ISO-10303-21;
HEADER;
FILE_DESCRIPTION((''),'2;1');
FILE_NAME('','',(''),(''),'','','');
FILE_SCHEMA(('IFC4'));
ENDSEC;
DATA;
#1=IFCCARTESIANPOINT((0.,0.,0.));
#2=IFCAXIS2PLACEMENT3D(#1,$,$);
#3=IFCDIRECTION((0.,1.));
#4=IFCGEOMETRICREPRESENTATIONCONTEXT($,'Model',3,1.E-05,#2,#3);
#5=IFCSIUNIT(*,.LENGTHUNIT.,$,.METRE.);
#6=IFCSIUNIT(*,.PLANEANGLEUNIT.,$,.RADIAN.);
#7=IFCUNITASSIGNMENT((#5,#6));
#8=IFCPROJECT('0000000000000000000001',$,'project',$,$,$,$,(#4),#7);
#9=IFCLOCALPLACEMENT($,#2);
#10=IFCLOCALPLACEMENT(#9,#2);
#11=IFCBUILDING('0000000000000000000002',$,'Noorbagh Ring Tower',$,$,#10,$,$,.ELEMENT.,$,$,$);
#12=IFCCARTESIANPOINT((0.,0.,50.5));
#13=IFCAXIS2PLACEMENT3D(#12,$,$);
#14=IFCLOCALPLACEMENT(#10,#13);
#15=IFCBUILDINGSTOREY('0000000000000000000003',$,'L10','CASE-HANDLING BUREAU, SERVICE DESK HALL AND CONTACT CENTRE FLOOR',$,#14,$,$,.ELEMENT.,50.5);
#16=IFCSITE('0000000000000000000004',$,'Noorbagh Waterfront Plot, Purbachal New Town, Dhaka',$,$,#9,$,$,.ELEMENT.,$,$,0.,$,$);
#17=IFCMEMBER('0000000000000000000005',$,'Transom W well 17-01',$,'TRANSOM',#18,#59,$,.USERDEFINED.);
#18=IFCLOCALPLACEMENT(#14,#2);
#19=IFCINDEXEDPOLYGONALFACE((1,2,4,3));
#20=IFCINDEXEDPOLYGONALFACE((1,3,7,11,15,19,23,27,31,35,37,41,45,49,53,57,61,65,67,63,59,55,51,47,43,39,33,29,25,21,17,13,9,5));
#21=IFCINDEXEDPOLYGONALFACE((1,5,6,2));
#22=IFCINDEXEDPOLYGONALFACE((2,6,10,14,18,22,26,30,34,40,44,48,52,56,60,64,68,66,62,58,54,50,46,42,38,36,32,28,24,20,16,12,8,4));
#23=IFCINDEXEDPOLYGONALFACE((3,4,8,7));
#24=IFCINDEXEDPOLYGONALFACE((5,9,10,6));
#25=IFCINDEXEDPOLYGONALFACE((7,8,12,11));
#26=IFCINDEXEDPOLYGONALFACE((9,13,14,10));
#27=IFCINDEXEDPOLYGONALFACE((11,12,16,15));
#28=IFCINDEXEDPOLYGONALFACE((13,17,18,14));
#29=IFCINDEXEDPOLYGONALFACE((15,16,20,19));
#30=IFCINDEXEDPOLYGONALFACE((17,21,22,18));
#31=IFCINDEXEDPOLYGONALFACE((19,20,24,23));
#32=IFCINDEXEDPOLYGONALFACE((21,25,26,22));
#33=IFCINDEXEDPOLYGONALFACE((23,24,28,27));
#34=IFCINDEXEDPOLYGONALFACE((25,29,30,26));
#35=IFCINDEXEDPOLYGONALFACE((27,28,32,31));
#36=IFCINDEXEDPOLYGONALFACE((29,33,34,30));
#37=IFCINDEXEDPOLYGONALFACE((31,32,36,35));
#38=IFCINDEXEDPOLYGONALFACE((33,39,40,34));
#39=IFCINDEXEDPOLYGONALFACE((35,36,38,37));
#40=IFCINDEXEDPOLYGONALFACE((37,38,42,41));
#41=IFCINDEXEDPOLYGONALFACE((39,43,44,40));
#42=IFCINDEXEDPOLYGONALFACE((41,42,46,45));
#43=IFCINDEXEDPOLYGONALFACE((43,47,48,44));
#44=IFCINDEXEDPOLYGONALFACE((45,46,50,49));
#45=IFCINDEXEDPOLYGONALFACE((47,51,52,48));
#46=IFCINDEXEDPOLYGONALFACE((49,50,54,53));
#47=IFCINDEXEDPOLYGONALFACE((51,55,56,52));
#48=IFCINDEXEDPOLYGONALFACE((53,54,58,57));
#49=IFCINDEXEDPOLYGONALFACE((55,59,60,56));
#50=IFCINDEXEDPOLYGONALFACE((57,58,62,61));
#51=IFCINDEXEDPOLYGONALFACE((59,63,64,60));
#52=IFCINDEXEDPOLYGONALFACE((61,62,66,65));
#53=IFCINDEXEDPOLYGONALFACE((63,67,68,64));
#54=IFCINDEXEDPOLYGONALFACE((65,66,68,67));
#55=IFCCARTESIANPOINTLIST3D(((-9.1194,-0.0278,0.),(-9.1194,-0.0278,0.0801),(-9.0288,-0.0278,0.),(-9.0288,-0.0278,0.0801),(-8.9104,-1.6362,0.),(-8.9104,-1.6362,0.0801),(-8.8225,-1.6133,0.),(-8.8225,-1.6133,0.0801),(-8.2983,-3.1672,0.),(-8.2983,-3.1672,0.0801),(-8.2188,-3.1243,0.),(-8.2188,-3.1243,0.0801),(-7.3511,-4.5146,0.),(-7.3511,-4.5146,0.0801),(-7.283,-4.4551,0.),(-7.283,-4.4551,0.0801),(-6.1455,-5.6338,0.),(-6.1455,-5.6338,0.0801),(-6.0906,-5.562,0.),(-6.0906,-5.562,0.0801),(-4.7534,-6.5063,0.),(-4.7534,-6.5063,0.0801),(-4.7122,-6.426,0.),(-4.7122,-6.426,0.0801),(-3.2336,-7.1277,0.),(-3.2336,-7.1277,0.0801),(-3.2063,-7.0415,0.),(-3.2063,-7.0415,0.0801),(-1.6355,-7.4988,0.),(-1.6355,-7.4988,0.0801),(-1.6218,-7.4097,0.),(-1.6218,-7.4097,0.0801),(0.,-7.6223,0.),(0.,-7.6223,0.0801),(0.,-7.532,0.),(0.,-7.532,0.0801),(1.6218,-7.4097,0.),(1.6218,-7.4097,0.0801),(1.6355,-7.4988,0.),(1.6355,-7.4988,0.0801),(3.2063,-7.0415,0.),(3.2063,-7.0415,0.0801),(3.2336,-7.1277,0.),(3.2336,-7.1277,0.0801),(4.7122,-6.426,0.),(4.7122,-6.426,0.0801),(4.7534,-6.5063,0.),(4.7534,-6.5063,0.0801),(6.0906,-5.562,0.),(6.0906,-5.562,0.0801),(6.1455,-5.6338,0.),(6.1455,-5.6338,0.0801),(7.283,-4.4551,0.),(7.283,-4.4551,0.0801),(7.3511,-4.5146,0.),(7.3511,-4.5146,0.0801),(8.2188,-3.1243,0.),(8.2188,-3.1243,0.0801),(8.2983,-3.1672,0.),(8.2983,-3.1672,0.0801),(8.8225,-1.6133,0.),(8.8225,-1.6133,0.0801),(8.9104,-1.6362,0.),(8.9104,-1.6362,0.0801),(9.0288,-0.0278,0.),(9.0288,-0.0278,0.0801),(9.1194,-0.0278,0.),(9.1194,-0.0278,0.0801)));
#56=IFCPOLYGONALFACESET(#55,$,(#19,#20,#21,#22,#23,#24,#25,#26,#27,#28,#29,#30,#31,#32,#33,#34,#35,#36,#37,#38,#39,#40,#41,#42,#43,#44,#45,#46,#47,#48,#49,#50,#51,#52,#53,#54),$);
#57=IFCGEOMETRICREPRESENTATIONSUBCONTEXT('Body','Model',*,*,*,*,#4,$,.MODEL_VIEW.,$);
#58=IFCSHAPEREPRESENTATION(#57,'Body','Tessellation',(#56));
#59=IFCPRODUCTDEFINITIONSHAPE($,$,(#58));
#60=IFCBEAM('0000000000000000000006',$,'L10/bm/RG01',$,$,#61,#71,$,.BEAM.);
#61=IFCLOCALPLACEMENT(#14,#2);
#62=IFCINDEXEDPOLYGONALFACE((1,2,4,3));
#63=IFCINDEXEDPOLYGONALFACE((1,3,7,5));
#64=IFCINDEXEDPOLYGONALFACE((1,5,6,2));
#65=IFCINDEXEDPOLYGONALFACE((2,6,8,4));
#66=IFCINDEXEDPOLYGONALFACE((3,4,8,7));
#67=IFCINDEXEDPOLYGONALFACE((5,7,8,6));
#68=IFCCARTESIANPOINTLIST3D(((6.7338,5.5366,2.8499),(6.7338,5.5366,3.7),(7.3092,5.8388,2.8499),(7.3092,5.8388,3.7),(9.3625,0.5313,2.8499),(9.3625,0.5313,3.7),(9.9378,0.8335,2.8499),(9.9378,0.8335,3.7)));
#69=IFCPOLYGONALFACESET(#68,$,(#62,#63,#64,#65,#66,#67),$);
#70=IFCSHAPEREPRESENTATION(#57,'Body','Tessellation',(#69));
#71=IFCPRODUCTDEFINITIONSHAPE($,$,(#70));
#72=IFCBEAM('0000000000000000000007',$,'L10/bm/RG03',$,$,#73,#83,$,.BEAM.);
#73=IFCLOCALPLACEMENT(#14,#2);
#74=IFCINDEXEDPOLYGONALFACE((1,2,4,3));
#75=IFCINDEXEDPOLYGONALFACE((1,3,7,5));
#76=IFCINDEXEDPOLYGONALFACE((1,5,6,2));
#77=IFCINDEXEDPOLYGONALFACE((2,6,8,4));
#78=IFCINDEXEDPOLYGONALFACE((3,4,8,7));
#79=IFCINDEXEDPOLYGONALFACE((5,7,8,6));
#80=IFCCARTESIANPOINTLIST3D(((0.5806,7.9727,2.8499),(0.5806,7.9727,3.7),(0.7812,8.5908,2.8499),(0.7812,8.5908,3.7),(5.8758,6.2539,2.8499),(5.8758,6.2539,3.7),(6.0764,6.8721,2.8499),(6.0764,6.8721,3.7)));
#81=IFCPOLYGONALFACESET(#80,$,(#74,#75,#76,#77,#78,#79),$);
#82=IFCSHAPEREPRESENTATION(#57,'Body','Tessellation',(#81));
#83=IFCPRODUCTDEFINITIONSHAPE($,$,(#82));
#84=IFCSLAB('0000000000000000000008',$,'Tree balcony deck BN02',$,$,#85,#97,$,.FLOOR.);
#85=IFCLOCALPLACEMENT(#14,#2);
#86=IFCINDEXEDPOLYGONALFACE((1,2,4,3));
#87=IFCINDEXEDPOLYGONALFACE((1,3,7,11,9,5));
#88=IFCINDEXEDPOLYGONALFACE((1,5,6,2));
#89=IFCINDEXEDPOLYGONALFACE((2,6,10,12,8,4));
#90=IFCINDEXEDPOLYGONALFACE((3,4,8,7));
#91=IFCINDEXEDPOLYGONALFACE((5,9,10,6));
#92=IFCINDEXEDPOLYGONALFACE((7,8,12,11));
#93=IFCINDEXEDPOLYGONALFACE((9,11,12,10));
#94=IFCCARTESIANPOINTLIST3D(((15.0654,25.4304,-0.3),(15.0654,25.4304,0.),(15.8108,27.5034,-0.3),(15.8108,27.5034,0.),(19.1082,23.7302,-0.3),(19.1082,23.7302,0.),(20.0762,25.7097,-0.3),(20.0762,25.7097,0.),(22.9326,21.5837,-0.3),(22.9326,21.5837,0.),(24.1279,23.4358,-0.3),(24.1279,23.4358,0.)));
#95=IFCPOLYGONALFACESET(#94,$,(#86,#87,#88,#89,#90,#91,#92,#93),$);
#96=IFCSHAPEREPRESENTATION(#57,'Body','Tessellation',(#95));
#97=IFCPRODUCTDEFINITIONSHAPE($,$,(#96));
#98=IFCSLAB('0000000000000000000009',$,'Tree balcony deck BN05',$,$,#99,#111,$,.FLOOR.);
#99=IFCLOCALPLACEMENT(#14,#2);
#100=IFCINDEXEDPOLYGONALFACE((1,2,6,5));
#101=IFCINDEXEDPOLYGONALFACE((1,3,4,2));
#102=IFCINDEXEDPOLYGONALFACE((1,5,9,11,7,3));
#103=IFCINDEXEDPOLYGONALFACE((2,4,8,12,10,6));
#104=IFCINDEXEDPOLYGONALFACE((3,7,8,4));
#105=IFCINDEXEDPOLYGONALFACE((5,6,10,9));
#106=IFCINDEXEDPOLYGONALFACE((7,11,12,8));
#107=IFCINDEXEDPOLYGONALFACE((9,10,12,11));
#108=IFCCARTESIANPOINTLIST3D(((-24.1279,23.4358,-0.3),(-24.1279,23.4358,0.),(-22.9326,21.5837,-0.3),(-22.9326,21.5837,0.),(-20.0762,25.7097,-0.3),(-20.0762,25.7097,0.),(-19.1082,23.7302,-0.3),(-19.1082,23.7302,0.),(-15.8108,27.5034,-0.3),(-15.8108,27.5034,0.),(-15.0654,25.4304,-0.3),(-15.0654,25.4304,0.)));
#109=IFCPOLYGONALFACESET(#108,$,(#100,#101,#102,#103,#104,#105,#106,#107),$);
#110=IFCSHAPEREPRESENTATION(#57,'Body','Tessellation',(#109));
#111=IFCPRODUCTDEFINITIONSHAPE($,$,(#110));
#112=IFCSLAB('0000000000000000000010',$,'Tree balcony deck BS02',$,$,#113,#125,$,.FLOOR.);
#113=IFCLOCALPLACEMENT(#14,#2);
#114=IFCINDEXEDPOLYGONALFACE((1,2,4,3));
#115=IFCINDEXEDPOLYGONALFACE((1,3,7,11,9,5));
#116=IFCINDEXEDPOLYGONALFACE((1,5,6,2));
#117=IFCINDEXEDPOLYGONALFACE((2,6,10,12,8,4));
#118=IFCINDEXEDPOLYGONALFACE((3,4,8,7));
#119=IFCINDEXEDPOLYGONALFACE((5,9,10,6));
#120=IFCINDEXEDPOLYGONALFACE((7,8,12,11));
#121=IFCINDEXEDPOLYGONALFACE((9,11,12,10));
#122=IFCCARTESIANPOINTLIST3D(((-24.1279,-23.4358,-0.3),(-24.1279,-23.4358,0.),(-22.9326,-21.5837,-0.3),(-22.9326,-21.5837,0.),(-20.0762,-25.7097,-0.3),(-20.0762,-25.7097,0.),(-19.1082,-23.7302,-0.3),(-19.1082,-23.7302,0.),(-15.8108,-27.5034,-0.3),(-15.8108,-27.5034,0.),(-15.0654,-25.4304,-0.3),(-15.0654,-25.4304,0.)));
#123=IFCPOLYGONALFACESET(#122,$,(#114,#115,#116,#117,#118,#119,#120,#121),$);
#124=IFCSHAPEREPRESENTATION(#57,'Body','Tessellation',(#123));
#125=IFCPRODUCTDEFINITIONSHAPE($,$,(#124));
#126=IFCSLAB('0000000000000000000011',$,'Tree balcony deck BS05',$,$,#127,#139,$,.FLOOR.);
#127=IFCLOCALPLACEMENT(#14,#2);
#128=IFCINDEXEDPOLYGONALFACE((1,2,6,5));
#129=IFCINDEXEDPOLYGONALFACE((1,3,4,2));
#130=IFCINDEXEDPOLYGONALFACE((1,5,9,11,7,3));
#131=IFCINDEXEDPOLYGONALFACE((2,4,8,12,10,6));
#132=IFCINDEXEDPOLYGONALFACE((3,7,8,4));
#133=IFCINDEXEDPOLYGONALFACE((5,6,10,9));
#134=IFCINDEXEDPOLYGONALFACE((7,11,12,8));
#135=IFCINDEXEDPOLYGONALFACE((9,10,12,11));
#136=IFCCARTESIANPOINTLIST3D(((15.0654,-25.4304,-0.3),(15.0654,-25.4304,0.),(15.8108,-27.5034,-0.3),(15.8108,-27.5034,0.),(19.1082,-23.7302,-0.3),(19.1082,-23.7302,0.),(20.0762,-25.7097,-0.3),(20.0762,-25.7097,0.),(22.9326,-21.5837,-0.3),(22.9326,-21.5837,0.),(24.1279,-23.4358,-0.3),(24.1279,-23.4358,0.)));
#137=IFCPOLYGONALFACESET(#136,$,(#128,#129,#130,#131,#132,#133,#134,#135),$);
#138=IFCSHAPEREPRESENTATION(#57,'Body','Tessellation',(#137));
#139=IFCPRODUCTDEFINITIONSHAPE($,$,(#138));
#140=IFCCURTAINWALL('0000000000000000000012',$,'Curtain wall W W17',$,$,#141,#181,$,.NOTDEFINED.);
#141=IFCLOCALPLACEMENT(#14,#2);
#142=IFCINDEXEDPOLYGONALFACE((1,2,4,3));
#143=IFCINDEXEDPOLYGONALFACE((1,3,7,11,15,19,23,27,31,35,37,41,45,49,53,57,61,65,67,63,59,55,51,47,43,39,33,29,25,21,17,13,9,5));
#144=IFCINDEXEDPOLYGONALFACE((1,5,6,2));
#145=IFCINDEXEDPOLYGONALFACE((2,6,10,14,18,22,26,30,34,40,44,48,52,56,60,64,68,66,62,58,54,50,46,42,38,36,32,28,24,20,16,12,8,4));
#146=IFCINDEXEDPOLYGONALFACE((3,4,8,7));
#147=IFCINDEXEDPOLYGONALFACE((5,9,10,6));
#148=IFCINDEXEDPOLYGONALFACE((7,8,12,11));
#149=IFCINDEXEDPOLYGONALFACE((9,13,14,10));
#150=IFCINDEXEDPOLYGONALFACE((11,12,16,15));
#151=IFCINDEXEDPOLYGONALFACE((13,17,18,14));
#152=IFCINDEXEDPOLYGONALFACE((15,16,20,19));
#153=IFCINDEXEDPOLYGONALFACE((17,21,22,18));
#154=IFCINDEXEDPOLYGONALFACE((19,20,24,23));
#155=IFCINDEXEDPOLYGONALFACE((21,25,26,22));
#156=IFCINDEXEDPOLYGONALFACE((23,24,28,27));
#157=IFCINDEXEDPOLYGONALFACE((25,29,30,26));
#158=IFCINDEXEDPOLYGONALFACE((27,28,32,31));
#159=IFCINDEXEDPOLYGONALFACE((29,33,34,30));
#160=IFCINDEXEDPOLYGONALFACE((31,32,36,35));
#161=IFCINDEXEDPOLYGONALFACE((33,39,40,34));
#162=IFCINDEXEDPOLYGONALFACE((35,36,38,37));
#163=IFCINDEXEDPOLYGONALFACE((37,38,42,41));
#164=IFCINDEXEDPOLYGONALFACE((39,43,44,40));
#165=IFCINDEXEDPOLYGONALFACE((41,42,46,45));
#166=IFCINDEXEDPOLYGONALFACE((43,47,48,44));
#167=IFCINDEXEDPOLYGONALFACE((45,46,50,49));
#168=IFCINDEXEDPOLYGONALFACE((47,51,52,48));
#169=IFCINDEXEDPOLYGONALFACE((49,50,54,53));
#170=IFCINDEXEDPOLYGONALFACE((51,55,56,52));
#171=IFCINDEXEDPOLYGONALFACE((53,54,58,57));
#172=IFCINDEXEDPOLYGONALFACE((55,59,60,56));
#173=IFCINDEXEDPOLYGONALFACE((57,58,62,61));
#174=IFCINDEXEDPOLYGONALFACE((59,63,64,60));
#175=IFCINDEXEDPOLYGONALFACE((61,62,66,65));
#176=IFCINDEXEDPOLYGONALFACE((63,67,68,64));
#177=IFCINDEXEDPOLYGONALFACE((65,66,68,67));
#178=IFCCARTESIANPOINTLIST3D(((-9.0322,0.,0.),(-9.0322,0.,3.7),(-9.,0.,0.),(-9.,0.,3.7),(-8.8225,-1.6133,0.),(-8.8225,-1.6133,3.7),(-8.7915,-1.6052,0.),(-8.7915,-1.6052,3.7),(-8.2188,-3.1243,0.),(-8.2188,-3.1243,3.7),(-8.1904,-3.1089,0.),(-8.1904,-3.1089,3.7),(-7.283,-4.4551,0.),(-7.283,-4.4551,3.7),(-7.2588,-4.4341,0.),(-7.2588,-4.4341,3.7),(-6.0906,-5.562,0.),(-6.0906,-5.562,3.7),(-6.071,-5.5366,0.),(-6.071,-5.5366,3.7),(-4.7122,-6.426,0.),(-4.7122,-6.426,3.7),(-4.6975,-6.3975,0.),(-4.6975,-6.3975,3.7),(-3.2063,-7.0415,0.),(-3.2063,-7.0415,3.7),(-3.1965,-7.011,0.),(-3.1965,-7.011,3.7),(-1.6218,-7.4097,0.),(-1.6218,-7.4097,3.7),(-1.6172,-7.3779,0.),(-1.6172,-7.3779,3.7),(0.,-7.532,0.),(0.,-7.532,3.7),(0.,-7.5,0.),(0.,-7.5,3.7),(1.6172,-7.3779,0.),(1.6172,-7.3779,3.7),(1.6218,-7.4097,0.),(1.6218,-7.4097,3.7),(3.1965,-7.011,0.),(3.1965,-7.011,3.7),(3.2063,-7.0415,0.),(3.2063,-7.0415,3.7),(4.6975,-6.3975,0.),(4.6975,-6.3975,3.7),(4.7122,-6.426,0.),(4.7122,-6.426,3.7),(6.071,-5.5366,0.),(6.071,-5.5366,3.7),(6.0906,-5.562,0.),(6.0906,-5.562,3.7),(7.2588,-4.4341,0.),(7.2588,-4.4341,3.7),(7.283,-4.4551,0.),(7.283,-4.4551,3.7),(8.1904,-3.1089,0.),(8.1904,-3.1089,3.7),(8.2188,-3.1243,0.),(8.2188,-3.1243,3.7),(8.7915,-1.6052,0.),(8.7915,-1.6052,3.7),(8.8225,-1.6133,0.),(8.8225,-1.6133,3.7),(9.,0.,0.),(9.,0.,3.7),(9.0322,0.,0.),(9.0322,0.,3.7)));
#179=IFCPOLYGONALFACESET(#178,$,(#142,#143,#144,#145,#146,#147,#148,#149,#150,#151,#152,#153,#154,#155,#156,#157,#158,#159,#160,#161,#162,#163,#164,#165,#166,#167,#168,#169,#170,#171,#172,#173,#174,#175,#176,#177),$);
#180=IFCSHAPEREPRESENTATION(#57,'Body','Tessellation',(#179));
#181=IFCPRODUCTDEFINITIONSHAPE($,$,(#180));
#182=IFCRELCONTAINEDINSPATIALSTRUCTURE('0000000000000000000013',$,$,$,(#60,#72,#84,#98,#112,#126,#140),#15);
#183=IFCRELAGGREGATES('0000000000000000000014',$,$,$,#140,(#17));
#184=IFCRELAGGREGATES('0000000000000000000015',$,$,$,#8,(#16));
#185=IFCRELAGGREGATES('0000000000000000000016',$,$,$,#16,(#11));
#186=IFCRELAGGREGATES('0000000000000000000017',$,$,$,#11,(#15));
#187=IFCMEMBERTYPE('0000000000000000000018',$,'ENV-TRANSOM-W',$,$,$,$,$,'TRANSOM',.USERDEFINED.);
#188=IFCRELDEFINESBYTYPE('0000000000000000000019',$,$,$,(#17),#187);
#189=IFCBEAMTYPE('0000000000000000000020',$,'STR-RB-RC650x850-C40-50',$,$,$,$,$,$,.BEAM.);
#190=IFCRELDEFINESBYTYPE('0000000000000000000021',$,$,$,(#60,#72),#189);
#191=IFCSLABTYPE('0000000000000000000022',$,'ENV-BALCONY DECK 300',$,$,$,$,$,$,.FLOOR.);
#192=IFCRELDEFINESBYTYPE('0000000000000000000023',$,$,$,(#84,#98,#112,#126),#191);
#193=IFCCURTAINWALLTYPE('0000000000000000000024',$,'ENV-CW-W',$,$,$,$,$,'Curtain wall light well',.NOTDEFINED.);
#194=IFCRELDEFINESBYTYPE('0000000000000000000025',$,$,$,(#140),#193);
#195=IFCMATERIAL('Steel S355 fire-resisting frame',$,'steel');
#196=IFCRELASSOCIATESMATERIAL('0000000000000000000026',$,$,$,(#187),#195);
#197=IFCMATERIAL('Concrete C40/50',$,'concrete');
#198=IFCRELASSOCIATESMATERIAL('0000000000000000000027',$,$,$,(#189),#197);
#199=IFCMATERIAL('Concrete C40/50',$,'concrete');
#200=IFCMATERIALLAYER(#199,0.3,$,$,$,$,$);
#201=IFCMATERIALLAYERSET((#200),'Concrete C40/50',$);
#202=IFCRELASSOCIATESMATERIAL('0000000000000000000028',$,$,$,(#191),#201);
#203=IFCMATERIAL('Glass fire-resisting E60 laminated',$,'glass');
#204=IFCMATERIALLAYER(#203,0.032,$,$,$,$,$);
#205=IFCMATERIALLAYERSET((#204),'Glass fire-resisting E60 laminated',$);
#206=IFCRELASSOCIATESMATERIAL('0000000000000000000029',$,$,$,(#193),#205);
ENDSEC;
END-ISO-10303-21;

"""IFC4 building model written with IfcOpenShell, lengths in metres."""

from ifc_helpers import new_model, si_unit, direction, frame, origin, origin_2d, place, context, subcontext, project, spatial, polyline, rectangle, outline, extrude, material, layer, layer_set, material_profile, profile_set, type_object, element, aggregate, save


model = new_model("IFC4")

# Units and contexts
model_context = context("Model", 3, precision=1e-05, world=origin(), true_north=direction((0.0, 1.0)))
body_context = subcontext(model_context, "Body", "Model", "MODEL_VIEW")
ifc_project = project(units=[si_unit("LENGTHUNIT", "METRE"), si_unit("PLANEANGLEUNIT", "RADIAN")], contexts=[model_context])

# Site, building, storey
site_placement = place(None, origin())
site = spatial("IfcSite", under=ifc_project, at=site_placement, Name="Noorbagh Waterfront Plot, Purbachal New Town, Dhaka", CompositionType="ELEMENT", RefElevation=0.0)
building_placement = place(site_placement, origin())
building = spatial("IfcBuilding", under=site, at=building_placement, Name="Noorbagh Ring Tower", CompositionType="ELEMENT")
storey_placement = place(building_placement, frame((0.0, 0.0, 50.5)))
storey = spatial("IfcBuildingStorey", under=building, at=storey_placement, Name="L10", Description="CASE-HANDLING BUREAU, SERVICE DESK HALL AND CONTACT CENTRE FLOOR", CompositionType="ELEMENT", Elevation=50.5)

# Member
ifc_material_1 = material(Name="Steel S355 fire-resisting frame", Category="steel")
member_type_1 = type_object("IfcMemberType", Name="ENV-TRANSOM-W", ElementType="TRANSOM", PredefinedType="USERDEFINED", material=ifc_material_1)
member_1_placement = place(storey_placement, origin())
member_1 = element("IfcMember", 1, at=member_1_placement, type_object=member_type_1, Name="Transom W well 17-01", ObjectType="TRANSOM", PredefinedType="USERDEFINED", context=body_context, shape_type="SweptSolid", body=[
    extrude(outline(polyline([(-9.1194, -0.0278), (-8.9104, -1.6362), (-8.2983, -3.1672), (-7.3511, -4.5146), (-6.1455, -5.6338), (-4.7534, -6.5063), (-3.2336, -7.1277), (-1.6355, -7.4988), (0.0, -7.6223), (1.6355, -7.4988), (3.2336, -7.1277), (4.7534, -6.5063), (6.1455, -5.6338), (7.3511, -4.5146), (8.2983, -3.1672), (8.9104, -1.6362), (9.1194, -0.0278), (9.0288, -0.0278), (8.8225, -1.6133), (8.2188, -3.1243), (7.283, -4.4551), (6.0906, -5.562), (4.7122, -6.426), (3.2063, -7.0415), (1.6218, -7.4097), (0.0, -7.532), (-1.6218, -7.4097), (-3.2063, -7.0415), (-4.7122, -6.426), (-6.0906, -5.562), (-7.283, -4.4551), (-8.2188, -3.1243), (-8.8225, -1.6133), (-9.0288, -0.0278), (-9.1194, -0.0278)])), origin(), (0.0, 0.0, 1.0), 0.0801),
])

# Beams
ifc_material_2 = material(Name="Concrete C40/50", Category="concrete")
ifc_material_profile_1 = material_profile(ifc_material_2, rectangle(XDim=0.6499, YDim=0.8501, at=origin_2d()), Name="RC650x850")
ifc_profile_set_1 = profile_set([ifc_material_profile_1], Name="Concrete C40/50")
beam_type = type_object("IfcBeamType", Name="STR-RB-RC650x850-C40-50", PredefinedType="BEAM", material=ifc_profile_set_1)
beam_1_placement = place(storey_placement, frame((9.6501, 0.6824, 3.2749), z_axis=(-0.464951, 0.885337, 0.0), x_axis=(-0.885337, -0.464951, 0.0)))
element("IfcBeam", 2, at=beam_1_placement, inside=storey, type_object=beam_type, Name="L10/bm/RG01", PredefinedType="BEAM", context=body_context, shape_type="SweptSolid", body=[
    extrude(rectangle(XDim=0.6499, YDim=0.8501, at=origin_2d()), origin(), (0.0, 0.0, 1.0), 5.6536),
])
beam_2_placement = place(storey_placement, frame((5.9761, 6.563, 3.2749), z_axis=(-0.951149, 0.308732, 0.0), x_axis=(-0.308732, -0.951149, 0.0)))
element("IfcBeam", 3, at=beam_2_placement, inside=storey, type_object=beam_type, Name="L10/bm/RG03", PredefinedType="BEAM", context=body_context, shape_type="SweptSolid", body=[
    extrude(rectangle(XDim=0.6499, YDim=0.8501, at=origin_2d()), origin(), (0.0, 0.0, 1.0), 5.5671),
])

# Slabs
ifc_material_3 = material(Name="Concrete C40/50", Category="concrete")
ifc_layer_1 = layer(ifc_material_3, 0.3)
ifc_layer_set_1 = layer_set([ifc_layer_1], Name="Concrete C40/50")
slab_type = type_object("IfcSlabType", Name="ENV-BALCONY DECK 300", PredefinedType="FLOOR", material=ifc_layer_set_1)
slab_1_placement = place(storey_placement, frame((0.0, 0.0, -0.3)))
element("IfcSlab", 4, at=slab_1_placement, inside=storey, type_object=slab_type, Name="Tree balcony deck BN02", PredefinedType="FLOOR", context=body_context, shape_type="SweptSolid", body=[
    extrude(outline(polyline([(24.1279, 23.4358), (20.0762, 25.7097), (15.8108, 27.5034), (15.0654, 25.4304), (19.1082, 23.7302), (22.9326, 21.5837), (24.1279, 23.4358)])), origin(), (0.0, 0.0, 1.0), 0.3),
])
slab_2_placement = place(storey_placement, frame((0.0, 0.0, -0.3)))
element("IfcSlab", 5, at=slab_2_placement, inside=storey, type_object=slab_type, Name="Tree balcony deck BN05", PredefinedType="FLOOR", context=body_context, shape_type="SweptSolid", body=[
    extrude(outline(polyline([(-15.8108, 27.5034), (-20.0762, 25.7097), (-24.1279, 23.4358), (-22.9326, 21.5837), (-19.1082, 23.7302), (-15.0654, 25.4304), (-15.8108, 27.5034)])), origin(), (0.0, 0.0, 1.0), 0.3),
])
slab_3_placement = place(storey_placement, frame((0.0, 0.0, -0.3)))
element("IfcSlab", 6, at=slab_3_placement, inside=storey, type_object=slab_type, Name="Tree balcony deck BS02", PredefinedType="FLOOR", context=body_context, shape_type="SweptSolid", body=[
    extrude(outline(polyline([(-24.1279, -23.4358), (-20.0762, -25.7097), (-15.8108, -27.5034), (-15.0654, -25.4304), (-19.1082, -23.7302), (-22.9326, -21.5837), (-24.1279, -23.4358)])), origin(), (0.0, 0.0, 1.0), 0.3),
])
slab_4_placement = place(storey_placement, frame((0.0, 0.0, -0.3)))
element("IfcSlab", 7, at=slab_4_placement, inside=storey, type_object=slab_type, Name="Tree balcony deck BS05", PredefinedType="FLOOR", context=body_context, shape_type="SweptSolid", body=[
    extrude(outline(polyline([(15.8108, -27.5034), (20.0762, -25.7097), (24.1279, -23.4358), (22.9326, -21.5837), (19.1082, -23.7302), (15.0654, -25.4304), (15.8108, -27.5034)])), origin(), (0.0, 0.0, 1.0), 0.3),
])

# Curtain wall
ifc_material_4 = material(Name="Glass fire-resisting E60 laminated", Category="glass")
ifc_layer_2 = layer(ifc_material_4, 0.032)
ifc_layer_set_2 = layer_set([ifc_layer_2], Name="Glass fire-resisting E60 laminated")
curtain_wall_type = type_object("IfcCurtainWallType", Name="ENV-CW-W", ElementType="Curtain wall light well", PredefinedType="NOTDEFINED", material=ifc_layer_set_2)
curtain_wall_1_placement = place(storey_placement, origin())
curtain_wall_1 = element("IfcCurtainWall", 8, at=curtain_wall_1_placement, inside=storey, type_object=curtain_wall_type, Name="Curtain wall W W17", PredefinedType="NOTDEFINED", context=body_context, shape_type="SweptSolid", body=[
    extrude(outline(polyline([(-9.0322, 0.0), (-8.8225, -1.6133), (-8.2188, -3.1243), (-7.283, -4.4551), (-6.0906, -5.562), (-4.7122, -6.426), (-3.2063, -7.0415), (-1.6218, -7.4097), (0.0, -7.532), (1.6218, -7.4097), (3.2063, -7.0415), (4.7122, -6.426), (6.0906, -5.562), (7.283, -4.4551), (8.2188, -3.1243), (8.8225, -1.6133), (9.0322, 0.0), (9.0, 0.0), (8.7915, -1.6052), (8.1904, -3.1089), (7.2588, -4.4341), (6.071, -5.5366), (4.6975, -6.3975), (3.1965, -7.011), (1.6172, -7.3779), (0.0, -7.5), (-1.6172, -7.3779), (-3.1965, -7.011), (-4.6975, -6.3975), (-6.071, -5.5366), (-7.2588, -4.4341), (-8.1904, -3.1089), (-8.7915, -1.6052), (-9.0, 0.0), (-9.0322, 0.0)])), origin(), (0.0, 0.0, 1.0), 3.7),
])
aggregate(curtain_wall_1, [member_1])

save(model, "model.ifc")
